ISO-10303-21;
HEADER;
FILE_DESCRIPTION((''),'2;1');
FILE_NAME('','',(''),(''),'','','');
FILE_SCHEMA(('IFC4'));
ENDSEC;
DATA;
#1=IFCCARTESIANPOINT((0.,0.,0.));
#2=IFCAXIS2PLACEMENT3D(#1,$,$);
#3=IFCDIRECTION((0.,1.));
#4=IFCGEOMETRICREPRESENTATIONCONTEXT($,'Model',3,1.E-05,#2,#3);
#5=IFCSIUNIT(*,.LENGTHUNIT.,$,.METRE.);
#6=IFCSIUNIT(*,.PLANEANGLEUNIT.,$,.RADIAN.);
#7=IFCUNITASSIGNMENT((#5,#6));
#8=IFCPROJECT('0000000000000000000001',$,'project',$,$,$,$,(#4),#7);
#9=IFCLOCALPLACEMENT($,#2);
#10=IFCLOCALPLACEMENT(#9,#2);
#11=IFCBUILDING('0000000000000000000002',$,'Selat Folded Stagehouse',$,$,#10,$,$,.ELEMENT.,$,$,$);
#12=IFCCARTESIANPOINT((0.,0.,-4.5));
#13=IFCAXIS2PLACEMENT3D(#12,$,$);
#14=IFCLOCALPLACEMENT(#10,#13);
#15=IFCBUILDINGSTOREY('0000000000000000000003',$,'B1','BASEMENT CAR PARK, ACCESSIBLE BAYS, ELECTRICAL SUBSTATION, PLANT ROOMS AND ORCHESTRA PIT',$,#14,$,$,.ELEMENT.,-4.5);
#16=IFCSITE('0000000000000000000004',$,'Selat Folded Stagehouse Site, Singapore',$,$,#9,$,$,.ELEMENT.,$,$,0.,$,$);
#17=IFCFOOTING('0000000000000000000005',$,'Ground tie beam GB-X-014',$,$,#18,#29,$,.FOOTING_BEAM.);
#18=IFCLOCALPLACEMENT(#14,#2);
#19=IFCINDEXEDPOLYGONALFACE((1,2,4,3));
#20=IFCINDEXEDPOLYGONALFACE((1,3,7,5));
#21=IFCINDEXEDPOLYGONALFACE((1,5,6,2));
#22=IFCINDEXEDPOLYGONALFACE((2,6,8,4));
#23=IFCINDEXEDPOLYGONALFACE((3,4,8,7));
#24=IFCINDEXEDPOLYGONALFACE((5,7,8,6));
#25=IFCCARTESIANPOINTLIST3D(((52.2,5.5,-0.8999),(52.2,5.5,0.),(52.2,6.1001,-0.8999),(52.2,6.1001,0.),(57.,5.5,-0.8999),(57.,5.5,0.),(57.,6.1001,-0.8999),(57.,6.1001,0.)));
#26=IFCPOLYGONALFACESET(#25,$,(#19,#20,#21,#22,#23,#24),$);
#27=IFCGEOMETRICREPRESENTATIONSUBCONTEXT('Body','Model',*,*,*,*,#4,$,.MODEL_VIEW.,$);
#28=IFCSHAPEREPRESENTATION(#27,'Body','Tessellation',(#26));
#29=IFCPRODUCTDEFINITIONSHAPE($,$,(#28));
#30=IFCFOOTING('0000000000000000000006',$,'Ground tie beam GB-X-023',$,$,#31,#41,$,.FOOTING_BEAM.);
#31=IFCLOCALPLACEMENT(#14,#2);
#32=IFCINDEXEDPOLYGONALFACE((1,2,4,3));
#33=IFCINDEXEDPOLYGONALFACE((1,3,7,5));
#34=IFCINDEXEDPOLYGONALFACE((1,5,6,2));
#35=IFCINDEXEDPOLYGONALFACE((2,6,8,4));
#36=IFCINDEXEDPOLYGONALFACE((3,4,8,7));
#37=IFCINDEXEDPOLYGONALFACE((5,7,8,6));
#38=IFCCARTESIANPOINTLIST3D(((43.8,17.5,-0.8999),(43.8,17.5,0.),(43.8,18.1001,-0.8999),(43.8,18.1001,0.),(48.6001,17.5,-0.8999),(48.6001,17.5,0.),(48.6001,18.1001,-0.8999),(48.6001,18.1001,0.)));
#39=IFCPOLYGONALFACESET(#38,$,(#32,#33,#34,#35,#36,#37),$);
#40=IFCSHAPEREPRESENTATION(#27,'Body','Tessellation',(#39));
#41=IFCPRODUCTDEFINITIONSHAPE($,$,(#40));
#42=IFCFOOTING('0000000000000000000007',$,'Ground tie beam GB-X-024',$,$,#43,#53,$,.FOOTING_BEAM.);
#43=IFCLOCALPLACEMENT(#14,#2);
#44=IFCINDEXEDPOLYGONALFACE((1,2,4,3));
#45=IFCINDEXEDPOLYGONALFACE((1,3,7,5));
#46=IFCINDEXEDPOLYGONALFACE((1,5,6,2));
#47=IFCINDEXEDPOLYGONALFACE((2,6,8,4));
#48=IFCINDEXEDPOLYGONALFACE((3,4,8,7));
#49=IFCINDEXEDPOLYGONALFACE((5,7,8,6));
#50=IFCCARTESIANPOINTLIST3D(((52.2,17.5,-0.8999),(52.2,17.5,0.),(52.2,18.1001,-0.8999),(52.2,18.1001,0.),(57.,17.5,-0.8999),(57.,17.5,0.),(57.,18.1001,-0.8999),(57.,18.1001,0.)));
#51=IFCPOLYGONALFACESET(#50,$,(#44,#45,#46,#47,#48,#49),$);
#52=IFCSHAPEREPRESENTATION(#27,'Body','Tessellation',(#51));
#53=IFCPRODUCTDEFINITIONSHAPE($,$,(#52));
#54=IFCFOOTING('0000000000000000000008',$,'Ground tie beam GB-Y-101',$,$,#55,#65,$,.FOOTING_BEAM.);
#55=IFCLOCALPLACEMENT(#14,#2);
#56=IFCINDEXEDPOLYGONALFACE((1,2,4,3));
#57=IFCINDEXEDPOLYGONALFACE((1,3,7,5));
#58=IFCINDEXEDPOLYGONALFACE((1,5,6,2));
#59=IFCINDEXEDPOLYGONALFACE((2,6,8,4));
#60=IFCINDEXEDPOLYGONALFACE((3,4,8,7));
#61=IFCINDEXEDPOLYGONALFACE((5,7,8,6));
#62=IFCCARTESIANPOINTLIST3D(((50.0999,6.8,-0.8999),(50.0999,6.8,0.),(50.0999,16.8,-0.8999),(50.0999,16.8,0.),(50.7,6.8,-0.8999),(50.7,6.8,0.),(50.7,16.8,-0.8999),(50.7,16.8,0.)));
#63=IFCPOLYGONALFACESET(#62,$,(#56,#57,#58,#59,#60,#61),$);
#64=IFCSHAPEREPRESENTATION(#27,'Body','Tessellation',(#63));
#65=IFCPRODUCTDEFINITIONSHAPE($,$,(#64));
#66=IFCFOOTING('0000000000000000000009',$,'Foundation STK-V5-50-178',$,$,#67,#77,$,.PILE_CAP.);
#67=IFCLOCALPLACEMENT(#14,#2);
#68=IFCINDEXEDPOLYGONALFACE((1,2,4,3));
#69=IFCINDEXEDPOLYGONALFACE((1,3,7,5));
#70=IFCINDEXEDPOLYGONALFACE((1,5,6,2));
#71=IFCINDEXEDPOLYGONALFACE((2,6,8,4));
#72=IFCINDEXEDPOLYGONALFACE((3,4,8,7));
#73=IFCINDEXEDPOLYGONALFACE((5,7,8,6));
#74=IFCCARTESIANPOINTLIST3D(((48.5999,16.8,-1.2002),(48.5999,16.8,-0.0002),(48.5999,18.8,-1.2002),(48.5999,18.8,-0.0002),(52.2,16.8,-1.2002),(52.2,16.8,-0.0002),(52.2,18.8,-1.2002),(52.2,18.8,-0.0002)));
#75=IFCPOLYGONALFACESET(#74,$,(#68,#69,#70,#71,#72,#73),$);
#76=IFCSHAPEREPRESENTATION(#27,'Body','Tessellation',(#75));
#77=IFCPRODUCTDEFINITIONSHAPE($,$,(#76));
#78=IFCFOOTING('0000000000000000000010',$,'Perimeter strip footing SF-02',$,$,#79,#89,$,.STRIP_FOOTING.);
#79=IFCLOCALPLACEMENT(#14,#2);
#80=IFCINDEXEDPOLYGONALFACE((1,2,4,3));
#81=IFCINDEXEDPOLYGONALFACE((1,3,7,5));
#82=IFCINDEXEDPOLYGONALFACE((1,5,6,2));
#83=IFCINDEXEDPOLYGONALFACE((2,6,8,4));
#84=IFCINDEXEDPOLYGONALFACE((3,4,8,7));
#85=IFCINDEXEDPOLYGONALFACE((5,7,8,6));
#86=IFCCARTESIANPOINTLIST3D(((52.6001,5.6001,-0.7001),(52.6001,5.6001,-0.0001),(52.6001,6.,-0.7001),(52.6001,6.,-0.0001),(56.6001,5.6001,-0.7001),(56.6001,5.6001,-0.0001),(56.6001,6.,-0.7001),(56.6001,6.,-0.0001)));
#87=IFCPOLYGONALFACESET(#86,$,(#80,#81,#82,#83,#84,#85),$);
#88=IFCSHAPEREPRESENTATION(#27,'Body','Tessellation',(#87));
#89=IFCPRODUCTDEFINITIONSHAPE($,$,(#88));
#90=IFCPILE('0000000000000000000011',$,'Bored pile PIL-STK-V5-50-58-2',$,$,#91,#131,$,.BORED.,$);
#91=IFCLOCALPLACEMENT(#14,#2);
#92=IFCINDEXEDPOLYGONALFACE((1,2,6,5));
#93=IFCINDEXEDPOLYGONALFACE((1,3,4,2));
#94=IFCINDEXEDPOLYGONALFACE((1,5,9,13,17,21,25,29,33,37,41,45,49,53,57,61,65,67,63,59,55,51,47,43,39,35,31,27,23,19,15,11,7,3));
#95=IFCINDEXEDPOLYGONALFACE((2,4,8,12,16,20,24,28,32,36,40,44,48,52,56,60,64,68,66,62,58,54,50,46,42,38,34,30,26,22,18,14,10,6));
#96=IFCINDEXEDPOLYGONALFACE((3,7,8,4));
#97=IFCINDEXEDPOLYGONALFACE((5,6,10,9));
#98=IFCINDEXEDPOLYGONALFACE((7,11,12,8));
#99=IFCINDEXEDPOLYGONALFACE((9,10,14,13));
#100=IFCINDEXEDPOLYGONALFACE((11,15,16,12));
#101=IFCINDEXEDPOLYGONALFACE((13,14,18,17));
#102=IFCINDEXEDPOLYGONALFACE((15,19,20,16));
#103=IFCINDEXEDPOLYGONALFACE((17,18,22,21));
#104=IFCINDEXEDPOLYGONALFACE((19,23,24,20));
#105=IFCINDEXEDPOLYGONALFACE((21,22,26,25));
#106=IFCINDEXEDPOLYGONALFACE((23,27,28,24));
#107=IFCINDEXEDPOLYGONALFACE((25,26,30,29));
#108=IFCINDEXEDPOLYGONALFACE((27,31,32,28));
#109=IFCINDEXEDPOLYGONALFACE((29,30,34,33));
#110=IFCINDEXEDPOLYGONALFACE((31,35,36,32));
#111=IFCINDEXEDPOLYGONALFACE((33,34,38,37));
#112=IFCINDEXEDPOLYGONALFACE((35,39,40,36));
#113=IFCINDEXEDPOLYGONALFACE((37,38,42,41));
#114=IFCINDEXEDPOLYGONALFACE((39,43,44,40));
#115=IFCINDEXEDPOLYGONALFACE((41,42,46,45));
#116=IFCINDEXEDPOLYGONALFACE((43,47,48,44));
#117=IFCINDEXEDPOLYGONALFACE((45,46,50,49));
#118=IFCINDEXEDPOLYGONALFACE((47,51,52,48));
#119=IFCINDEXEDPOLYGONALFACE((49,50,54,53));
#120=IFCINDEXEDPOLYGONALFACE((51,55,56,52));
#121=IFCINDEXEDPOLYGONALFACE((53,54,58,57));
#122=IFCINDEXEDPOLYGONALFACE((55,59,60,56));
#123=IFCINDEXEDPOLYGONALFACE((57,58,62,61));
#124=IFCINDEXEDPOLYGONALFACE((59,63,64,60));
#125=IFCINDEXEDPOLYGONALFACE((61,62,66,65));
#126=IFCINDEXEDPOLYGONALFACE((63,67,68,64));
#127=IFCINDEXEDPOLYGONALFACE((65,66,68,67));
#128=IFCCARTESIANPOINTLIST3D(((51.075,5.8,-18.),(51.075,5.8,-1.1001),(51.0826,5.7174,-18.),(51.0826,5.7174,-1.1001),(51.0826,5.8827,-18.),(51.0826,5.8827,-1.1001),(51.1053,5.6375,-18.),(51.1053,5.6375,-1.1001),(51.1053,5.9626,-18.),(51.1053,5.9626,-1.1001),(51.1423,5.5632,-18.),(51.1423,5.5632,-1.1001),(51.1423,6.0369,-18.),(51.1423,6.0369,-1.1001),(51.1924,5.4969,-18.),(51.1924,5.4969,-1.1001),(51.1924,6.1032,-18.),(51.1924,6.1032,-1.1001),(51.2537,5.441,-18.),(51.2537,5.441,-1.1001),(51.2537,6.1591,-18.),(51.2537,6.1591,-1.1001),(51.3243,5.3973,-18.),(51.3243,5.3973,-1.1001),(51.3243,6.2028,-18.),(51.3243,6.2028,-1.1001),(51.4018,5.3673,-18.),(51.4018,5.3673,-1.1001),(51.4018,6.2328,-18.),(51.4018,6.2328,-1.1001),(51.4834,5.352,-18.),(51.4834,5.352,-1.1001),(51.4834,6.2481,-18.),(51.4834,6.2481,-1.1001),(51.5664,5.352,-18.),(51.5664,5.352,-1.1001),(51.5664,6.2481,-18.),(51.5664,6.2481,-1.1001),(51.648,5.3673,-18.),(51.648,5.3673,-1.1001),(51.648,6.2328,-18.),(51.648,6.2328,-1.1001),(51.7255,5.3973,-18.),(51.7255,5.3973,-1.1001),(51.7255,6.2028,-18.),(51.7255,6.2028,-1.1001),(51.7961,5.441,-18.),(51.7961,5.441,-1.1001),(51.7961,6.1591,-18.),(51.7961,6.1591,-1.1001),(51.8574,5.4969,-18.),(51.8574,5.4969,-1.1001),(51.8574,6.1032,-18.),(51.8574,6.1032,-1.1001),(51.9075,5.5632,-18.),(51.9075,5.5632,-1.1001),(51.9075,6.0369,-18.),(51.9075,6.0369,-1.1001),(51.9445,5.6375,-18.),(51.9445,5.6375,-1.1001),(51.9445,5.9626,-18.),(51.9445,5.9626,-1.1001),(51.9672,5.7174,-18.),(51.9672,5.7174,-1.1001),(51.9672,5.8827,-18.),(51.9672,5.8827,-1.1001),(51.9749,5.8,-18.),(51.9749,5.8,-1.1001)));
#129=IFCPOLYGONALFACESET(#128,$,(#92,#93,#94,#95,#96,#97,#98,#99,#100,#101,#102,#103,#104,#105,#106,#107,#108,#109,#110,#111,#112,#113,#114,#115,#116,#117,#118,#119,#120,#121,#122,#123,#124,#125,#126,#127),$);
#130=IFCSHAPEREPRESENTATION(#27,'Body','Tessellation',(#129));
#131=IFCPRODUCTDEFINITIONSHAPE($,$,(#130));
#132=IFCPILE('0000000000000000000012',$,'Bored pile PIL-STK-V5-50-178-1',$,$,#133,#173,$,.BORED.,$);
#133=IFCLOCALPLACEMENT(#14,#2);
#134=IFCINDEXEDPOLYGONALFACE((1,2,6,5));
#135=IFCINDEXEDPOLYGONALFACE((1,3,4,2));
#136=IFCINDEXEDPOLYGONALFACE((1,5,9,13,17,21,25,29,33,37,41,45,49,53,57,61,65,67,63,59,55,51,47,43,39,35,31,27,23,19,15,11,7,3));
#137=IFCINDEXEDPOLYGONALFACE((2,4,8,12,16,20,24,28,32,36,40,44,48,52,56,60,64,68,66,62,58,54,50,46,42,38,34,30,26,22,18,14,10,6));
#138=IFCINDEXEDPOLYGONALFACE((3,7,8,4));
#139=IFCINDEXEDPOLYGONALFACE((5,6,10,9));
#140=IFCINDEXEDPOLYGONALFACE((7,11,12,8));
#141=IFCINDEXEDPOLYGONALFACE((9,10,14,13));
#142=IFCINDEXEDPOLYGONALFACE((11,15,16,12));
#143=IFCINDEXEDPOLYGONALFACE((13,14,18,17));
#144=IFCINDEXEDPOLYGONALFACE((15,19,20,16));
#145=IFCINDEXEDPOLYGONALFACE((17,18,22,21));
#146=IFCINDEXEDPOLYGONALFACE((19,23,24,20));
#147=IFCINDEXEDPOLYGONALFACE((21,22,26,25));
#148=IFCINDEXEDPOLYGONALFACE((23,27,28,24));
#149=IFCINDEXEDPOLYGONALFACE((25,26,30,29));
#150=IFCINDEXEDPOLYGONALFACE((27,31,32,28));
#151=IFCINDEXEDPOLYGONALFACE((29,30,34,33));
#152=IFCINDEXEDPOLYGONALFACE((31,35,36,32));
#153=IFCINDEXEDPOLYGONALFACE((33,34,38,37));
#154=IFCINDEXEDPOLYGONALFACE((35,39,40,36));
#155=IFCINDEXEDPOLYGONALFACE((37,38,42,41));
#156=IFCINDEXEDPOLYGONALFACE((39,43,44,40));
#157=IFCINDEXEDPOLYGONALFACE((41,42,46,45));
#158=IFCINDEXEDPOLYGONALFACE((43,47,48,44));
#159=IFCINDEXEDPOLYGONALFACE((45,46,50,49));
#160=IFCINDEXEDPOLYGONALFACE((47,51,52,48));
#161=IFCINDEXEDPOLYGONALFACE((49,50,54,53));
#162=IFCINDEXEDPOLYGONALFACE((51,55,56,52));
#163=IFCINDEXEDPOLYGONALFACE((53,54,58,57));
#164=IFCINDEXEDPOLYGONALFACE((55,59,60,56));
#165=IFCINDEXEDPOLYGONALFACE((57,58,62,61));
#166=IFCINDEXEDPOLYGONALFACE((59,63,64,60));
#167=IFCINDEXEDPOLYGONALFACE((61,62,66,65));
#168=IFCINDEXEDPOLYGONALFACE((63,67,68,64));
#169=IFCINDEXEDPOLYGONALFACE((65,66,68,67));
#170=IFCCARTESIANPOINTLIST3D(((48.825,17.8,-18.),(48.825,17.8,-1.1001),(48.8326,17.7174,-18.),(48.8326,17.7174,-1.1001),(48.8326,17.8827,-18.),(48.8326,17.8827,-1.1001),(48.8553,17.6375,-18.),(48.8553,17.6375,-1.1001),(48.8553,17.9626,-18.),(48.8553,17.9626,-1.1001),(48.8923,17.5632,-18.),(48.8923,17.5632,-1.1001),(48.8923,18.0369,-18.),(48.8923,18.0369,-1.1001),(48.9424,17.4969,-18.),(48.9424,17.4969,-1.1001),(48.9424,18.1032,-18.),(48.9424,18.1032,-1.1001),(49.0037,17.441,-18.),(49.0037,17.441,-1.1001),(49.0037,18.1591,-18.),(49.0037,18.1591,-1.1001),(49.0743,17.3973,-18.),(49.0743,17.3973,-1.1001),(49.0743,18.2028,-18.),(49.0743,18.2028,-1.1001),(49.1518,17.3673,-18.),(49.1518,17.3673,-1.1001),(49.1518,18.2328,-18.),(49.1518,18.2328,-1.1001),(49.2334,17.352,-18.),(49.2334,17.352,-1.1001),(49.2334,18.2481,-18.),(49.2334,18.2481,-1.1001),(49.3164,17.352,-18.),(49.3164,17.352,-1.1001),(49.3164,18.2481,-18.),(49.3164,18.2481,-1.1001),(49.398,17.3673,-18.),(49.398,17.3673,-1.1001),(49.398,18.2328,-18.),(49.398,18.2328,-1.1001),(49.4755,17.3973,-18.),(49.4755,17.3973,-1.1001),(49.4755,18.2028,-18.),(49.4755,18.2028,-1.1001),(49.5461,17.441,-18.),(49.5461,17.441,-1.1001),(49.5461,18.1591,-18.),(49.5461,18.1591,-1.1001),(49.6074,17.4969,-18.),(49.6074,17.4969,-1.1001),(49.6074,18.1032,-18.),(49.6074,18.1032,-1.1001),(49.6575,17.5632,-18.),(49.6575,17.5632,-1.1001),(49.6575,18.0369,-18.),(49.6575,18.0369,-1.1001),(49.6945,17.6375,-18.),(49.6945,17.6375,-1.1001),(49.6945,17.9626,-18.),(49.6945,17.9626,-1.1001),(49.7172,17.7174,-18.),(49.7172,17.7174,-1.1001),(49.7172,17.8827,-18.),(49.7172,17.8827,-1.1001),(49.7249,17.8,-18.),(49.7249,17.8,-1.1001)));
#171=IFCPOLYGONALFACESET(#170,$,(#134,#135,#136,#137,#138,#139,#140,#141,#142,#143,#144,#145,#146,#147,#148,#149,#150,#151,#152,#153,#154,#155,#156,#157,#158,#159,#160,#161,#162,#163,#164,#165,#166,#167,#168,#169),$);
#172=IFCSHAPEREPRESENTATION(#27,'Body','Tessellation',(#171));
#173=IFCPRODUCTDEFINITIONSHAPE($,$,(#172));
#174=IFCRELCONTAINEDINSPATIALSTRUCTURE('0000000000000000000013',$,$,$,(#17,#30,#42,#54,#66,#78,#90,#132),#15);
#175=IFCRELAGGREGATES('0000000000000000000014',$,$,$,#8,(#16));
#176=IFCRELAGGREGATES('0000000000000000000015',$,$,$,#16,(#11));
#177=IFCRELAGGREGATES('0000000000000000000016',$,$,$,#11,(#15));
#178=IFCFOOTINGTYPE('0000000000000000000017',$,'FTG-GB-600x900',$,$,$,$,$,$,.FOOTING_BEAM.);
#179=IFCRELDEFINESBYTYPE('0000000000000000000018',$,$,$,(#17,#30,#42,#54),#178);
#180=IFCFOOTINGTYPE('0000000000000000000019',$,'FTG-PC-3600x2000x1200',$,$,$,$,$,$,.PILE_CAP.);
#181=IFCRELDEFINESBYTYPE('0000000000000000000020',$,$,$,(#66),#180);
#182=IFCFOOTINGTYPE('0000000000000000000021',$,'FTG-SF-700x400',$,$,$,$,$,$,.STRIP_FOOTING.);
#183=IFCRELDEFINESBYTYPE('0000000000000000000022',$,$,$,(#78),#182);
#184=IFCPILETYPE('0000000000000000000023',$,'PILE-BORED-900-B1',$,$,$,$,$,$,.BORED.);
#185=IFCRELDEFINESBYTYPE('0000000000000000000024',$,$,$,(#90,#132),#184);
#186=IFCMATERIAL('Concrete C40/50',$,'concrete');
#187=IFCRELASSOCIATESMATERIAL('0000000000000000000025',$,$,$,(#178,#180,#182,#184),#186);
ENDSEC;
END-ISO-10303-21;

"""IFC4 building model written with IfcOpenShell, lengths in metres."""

from ifc_helpers import new_model, si_unit, direction, frame, origin, origin_2d, place, context, subcontext, project, spatial, rectangle, circle, extrude, material, material_profile, profile_set, type_object, element, save


model = new_model("IFC4")

# Units and contexts
model_context = context("Model", 3, precision=1e-05, world=origin(), true_north=direction((0.0, 1.0)))
body_context = subcontext(model_context, "Body", "Model", "MODEL_VIEW")
ifc_project = project(units=[si_unit("LENGTHUNIT", "METRE"), si_unit("PLANEANGLEUNIT", "RADIAN")], contexts=[model_context])

# Site, building, storey
site_placement = place(None, origin())
site = spatial("IfcSite", under=ifc_project, at=site_placement, Name="Selat Folded Stagehouse Site, Singapore", CompositionType="ELEMENT", RefElevation=0.0)
building_placement = place(site_placement, origin())
building = spatial("IfcBuilding", under=site, at=building_placement, Name="Selat Folded Stagehouse", CompositionType="ELEMENT")
storey_placement = place(building_placement, frame((0.0, 0.0, -4.5)))
storey = spatial("IfcBuildingStorey", under=building, at=storey_placement, Name="B1", Description="BASEMENT CAR PARK, ACCESSIBLE BAYS, ELECTRICAL SUBSTATION, PLANT ROOMS AND ORCHESTRA PIT", CompositionType="ELEMENT", Elevation=-4.5)

# Footings
ifc_material_1 = material(Name="Concrete C40/50", Category="concrete")
ifc_material_profile_1 = material_profile(ifc_material_1, rectangle(XDim=0.6001, YDim=0.8999, at=origin_2d()), Name="RC 900x600")
ifc_profile_set_1 = profile_set([ifc_material_profile_1], Name="Concrete C40/50")
footing_type_1 = type_object("IfcFootingType", Name="FTG-GB-600x900", PredefinedType="FOOTING_BEAM", material=ifc_profile_set_1)
for number, where, z_axis, x_axis, name in (
    (1, (52.2, 5.8, -0.45), (1.0, 0.0, 0.0), (0.0, 1.0, 0.0), "Ground tie beam GB-X-014"),
    (2, (43.8, 17.8, -0.45), (1.0, 0.0, 0.0), (0.0, 1.0, 0.0), "Ground tie beam GB-X-023"),
    (3, (52.2, 17.8, -0.45), (1.0, 0.0, 0.0), (0.0, 1.0, 0.0), "Ground tie beam GB-X-024"),
):
    element("IfcFooting", number, at=place(storey_placement, frame(where, z_axis=z_axis, x_axis=x_axis)), inside=storey, type_object=footing_type_1, Name=name, PredefinedType="FOOTING_BEAM", context=body_context, shape_type="SweptSolid", body=[
        extrude(rectangle(XDim=0.6001, YDim=0.8999, at=origin_2d()), origin(), (0.0, 0.0, 1.0), 4.8),
    ])
footing_1_placement = place(storey_placement, frame((50.3999, 6.8, -0.45), z_axis=(0.0, 1.0, 0.0), x_axis=(-1.0, 0.0, 0.0)))
element("IfcFooting", 4, at=footing_1_placement, inside=storey, type_object=footing_type_1, Name="Ground tie beam GB-Y-101", PredefinedType="FOOTING_BEAM", context=body_context, shape_type="SweptSolid", body=[
    extrude(rectangle(XDim=0.6001, YDim=0.8999, at=origin_2d()), origin(), (0.0, 0.0, 1.0), 10.0),
])
footing_type_2 = type_object("IfcFootingType", Name="FTG-PC-3600x2000x1200", PredefinedType="PILE_CAP", material=ifc_material_1)
footing_2_placement = place(storey_placement, frame((50.3999, 17.8, -1.2002), z_axis=(0.0, 0.0, 1.0), x_axis=(1.0, 0.0, 0.0)))
element("IfcFooting", 5, at=footing_2_placement, inside=storey, type_object=footing_type_2, Name="Foundation STK-V5-50-178", PredefinedType="PILE_CAP", context=body_context, shape_type="SweptSolid", body=[
    extrude(rectangle(XDim=3.6001, YDim=2.0, at=origin_2d()), origin(), (0.0, 0.0, 1.0), 1.2),
])
ifc_material_profile_2 = material_profile(ifc_material_1, rectangle(XDim=0.3999, YDim=0.7, at=origin_2d()), Name="RC 700x400")
ifc_profile_set_2 = profile_set([ifc_material_profile_2], Name="Concrete C40/50")
footing_type_3 = type_object("IfcFootingType", Name="FTG-SF-700x400", PredefinedType="STRIP_FOOTING", material=ifc_profile_set_2)
footing_3_placement = place(storey_placement, frame((52.6001, 5.8, -0.3501), z_axis=(1.0, 0.0, 0.0), x_axis=(0.0, 1.0, 0.0)))
element("IfcFooting", 6, at=footing_3_placement, inside=storey, type_object=footing_type_3, Name="Perimeter strip footing SF-02", PredefinedType="STRIP_FOOTING", context=body_context, shape_type="SweptSolid", body=[
    extrude(rectangle(XDim=0.3999, YDim=0.7, at=origin_2d()), origin(), (0.0, 0.0, 1.0), 4.0),
])

# Piles
ifc_material_profile_3 = material_profile(ifc_material_1, circle(Radius=0.45, at=origin_2d()), Name="PILE D900")
ifc_profile_set_3 = profile_set([ifc_material_profile_3], Name="Concrete C40/50")
pile_type = type_object("IfcPileType", Name="PILE-BORED-900-B1", PredefinedType="BORED", material=ifc_profile_set_3)
for number, where, z_axis, x_axis, name in (
    (7, (51.5249, 5.8, -1.1001), (0.0, 0.0, -1.0), (1.0, 0.0, 0.0), "Bored pile PIL-STK-V5-50-58-2"),
    (8, (49.2749, 17.8, -1.1001), (0.0, 0.0, -1.0), (1.0, 0.0, 0.0), "Bored pile PIL-STK-V5-50-178-1"),
):
    element("IfcPile", number, at=place(storey_placement, frame(where, z_axis=z_axis, x_axis=x_axis)), inside=storey, type_object=pile_type, Name=name, PredefinedType="BORED", context=body_context, shape_type="SweptSolid", body=[
        extrude(circle(Radius=0.45, at=origin_2d()), origin(), (0.0, 0.0, 1.0), 16.8999),
    ])

save(model, "model.ifc")
